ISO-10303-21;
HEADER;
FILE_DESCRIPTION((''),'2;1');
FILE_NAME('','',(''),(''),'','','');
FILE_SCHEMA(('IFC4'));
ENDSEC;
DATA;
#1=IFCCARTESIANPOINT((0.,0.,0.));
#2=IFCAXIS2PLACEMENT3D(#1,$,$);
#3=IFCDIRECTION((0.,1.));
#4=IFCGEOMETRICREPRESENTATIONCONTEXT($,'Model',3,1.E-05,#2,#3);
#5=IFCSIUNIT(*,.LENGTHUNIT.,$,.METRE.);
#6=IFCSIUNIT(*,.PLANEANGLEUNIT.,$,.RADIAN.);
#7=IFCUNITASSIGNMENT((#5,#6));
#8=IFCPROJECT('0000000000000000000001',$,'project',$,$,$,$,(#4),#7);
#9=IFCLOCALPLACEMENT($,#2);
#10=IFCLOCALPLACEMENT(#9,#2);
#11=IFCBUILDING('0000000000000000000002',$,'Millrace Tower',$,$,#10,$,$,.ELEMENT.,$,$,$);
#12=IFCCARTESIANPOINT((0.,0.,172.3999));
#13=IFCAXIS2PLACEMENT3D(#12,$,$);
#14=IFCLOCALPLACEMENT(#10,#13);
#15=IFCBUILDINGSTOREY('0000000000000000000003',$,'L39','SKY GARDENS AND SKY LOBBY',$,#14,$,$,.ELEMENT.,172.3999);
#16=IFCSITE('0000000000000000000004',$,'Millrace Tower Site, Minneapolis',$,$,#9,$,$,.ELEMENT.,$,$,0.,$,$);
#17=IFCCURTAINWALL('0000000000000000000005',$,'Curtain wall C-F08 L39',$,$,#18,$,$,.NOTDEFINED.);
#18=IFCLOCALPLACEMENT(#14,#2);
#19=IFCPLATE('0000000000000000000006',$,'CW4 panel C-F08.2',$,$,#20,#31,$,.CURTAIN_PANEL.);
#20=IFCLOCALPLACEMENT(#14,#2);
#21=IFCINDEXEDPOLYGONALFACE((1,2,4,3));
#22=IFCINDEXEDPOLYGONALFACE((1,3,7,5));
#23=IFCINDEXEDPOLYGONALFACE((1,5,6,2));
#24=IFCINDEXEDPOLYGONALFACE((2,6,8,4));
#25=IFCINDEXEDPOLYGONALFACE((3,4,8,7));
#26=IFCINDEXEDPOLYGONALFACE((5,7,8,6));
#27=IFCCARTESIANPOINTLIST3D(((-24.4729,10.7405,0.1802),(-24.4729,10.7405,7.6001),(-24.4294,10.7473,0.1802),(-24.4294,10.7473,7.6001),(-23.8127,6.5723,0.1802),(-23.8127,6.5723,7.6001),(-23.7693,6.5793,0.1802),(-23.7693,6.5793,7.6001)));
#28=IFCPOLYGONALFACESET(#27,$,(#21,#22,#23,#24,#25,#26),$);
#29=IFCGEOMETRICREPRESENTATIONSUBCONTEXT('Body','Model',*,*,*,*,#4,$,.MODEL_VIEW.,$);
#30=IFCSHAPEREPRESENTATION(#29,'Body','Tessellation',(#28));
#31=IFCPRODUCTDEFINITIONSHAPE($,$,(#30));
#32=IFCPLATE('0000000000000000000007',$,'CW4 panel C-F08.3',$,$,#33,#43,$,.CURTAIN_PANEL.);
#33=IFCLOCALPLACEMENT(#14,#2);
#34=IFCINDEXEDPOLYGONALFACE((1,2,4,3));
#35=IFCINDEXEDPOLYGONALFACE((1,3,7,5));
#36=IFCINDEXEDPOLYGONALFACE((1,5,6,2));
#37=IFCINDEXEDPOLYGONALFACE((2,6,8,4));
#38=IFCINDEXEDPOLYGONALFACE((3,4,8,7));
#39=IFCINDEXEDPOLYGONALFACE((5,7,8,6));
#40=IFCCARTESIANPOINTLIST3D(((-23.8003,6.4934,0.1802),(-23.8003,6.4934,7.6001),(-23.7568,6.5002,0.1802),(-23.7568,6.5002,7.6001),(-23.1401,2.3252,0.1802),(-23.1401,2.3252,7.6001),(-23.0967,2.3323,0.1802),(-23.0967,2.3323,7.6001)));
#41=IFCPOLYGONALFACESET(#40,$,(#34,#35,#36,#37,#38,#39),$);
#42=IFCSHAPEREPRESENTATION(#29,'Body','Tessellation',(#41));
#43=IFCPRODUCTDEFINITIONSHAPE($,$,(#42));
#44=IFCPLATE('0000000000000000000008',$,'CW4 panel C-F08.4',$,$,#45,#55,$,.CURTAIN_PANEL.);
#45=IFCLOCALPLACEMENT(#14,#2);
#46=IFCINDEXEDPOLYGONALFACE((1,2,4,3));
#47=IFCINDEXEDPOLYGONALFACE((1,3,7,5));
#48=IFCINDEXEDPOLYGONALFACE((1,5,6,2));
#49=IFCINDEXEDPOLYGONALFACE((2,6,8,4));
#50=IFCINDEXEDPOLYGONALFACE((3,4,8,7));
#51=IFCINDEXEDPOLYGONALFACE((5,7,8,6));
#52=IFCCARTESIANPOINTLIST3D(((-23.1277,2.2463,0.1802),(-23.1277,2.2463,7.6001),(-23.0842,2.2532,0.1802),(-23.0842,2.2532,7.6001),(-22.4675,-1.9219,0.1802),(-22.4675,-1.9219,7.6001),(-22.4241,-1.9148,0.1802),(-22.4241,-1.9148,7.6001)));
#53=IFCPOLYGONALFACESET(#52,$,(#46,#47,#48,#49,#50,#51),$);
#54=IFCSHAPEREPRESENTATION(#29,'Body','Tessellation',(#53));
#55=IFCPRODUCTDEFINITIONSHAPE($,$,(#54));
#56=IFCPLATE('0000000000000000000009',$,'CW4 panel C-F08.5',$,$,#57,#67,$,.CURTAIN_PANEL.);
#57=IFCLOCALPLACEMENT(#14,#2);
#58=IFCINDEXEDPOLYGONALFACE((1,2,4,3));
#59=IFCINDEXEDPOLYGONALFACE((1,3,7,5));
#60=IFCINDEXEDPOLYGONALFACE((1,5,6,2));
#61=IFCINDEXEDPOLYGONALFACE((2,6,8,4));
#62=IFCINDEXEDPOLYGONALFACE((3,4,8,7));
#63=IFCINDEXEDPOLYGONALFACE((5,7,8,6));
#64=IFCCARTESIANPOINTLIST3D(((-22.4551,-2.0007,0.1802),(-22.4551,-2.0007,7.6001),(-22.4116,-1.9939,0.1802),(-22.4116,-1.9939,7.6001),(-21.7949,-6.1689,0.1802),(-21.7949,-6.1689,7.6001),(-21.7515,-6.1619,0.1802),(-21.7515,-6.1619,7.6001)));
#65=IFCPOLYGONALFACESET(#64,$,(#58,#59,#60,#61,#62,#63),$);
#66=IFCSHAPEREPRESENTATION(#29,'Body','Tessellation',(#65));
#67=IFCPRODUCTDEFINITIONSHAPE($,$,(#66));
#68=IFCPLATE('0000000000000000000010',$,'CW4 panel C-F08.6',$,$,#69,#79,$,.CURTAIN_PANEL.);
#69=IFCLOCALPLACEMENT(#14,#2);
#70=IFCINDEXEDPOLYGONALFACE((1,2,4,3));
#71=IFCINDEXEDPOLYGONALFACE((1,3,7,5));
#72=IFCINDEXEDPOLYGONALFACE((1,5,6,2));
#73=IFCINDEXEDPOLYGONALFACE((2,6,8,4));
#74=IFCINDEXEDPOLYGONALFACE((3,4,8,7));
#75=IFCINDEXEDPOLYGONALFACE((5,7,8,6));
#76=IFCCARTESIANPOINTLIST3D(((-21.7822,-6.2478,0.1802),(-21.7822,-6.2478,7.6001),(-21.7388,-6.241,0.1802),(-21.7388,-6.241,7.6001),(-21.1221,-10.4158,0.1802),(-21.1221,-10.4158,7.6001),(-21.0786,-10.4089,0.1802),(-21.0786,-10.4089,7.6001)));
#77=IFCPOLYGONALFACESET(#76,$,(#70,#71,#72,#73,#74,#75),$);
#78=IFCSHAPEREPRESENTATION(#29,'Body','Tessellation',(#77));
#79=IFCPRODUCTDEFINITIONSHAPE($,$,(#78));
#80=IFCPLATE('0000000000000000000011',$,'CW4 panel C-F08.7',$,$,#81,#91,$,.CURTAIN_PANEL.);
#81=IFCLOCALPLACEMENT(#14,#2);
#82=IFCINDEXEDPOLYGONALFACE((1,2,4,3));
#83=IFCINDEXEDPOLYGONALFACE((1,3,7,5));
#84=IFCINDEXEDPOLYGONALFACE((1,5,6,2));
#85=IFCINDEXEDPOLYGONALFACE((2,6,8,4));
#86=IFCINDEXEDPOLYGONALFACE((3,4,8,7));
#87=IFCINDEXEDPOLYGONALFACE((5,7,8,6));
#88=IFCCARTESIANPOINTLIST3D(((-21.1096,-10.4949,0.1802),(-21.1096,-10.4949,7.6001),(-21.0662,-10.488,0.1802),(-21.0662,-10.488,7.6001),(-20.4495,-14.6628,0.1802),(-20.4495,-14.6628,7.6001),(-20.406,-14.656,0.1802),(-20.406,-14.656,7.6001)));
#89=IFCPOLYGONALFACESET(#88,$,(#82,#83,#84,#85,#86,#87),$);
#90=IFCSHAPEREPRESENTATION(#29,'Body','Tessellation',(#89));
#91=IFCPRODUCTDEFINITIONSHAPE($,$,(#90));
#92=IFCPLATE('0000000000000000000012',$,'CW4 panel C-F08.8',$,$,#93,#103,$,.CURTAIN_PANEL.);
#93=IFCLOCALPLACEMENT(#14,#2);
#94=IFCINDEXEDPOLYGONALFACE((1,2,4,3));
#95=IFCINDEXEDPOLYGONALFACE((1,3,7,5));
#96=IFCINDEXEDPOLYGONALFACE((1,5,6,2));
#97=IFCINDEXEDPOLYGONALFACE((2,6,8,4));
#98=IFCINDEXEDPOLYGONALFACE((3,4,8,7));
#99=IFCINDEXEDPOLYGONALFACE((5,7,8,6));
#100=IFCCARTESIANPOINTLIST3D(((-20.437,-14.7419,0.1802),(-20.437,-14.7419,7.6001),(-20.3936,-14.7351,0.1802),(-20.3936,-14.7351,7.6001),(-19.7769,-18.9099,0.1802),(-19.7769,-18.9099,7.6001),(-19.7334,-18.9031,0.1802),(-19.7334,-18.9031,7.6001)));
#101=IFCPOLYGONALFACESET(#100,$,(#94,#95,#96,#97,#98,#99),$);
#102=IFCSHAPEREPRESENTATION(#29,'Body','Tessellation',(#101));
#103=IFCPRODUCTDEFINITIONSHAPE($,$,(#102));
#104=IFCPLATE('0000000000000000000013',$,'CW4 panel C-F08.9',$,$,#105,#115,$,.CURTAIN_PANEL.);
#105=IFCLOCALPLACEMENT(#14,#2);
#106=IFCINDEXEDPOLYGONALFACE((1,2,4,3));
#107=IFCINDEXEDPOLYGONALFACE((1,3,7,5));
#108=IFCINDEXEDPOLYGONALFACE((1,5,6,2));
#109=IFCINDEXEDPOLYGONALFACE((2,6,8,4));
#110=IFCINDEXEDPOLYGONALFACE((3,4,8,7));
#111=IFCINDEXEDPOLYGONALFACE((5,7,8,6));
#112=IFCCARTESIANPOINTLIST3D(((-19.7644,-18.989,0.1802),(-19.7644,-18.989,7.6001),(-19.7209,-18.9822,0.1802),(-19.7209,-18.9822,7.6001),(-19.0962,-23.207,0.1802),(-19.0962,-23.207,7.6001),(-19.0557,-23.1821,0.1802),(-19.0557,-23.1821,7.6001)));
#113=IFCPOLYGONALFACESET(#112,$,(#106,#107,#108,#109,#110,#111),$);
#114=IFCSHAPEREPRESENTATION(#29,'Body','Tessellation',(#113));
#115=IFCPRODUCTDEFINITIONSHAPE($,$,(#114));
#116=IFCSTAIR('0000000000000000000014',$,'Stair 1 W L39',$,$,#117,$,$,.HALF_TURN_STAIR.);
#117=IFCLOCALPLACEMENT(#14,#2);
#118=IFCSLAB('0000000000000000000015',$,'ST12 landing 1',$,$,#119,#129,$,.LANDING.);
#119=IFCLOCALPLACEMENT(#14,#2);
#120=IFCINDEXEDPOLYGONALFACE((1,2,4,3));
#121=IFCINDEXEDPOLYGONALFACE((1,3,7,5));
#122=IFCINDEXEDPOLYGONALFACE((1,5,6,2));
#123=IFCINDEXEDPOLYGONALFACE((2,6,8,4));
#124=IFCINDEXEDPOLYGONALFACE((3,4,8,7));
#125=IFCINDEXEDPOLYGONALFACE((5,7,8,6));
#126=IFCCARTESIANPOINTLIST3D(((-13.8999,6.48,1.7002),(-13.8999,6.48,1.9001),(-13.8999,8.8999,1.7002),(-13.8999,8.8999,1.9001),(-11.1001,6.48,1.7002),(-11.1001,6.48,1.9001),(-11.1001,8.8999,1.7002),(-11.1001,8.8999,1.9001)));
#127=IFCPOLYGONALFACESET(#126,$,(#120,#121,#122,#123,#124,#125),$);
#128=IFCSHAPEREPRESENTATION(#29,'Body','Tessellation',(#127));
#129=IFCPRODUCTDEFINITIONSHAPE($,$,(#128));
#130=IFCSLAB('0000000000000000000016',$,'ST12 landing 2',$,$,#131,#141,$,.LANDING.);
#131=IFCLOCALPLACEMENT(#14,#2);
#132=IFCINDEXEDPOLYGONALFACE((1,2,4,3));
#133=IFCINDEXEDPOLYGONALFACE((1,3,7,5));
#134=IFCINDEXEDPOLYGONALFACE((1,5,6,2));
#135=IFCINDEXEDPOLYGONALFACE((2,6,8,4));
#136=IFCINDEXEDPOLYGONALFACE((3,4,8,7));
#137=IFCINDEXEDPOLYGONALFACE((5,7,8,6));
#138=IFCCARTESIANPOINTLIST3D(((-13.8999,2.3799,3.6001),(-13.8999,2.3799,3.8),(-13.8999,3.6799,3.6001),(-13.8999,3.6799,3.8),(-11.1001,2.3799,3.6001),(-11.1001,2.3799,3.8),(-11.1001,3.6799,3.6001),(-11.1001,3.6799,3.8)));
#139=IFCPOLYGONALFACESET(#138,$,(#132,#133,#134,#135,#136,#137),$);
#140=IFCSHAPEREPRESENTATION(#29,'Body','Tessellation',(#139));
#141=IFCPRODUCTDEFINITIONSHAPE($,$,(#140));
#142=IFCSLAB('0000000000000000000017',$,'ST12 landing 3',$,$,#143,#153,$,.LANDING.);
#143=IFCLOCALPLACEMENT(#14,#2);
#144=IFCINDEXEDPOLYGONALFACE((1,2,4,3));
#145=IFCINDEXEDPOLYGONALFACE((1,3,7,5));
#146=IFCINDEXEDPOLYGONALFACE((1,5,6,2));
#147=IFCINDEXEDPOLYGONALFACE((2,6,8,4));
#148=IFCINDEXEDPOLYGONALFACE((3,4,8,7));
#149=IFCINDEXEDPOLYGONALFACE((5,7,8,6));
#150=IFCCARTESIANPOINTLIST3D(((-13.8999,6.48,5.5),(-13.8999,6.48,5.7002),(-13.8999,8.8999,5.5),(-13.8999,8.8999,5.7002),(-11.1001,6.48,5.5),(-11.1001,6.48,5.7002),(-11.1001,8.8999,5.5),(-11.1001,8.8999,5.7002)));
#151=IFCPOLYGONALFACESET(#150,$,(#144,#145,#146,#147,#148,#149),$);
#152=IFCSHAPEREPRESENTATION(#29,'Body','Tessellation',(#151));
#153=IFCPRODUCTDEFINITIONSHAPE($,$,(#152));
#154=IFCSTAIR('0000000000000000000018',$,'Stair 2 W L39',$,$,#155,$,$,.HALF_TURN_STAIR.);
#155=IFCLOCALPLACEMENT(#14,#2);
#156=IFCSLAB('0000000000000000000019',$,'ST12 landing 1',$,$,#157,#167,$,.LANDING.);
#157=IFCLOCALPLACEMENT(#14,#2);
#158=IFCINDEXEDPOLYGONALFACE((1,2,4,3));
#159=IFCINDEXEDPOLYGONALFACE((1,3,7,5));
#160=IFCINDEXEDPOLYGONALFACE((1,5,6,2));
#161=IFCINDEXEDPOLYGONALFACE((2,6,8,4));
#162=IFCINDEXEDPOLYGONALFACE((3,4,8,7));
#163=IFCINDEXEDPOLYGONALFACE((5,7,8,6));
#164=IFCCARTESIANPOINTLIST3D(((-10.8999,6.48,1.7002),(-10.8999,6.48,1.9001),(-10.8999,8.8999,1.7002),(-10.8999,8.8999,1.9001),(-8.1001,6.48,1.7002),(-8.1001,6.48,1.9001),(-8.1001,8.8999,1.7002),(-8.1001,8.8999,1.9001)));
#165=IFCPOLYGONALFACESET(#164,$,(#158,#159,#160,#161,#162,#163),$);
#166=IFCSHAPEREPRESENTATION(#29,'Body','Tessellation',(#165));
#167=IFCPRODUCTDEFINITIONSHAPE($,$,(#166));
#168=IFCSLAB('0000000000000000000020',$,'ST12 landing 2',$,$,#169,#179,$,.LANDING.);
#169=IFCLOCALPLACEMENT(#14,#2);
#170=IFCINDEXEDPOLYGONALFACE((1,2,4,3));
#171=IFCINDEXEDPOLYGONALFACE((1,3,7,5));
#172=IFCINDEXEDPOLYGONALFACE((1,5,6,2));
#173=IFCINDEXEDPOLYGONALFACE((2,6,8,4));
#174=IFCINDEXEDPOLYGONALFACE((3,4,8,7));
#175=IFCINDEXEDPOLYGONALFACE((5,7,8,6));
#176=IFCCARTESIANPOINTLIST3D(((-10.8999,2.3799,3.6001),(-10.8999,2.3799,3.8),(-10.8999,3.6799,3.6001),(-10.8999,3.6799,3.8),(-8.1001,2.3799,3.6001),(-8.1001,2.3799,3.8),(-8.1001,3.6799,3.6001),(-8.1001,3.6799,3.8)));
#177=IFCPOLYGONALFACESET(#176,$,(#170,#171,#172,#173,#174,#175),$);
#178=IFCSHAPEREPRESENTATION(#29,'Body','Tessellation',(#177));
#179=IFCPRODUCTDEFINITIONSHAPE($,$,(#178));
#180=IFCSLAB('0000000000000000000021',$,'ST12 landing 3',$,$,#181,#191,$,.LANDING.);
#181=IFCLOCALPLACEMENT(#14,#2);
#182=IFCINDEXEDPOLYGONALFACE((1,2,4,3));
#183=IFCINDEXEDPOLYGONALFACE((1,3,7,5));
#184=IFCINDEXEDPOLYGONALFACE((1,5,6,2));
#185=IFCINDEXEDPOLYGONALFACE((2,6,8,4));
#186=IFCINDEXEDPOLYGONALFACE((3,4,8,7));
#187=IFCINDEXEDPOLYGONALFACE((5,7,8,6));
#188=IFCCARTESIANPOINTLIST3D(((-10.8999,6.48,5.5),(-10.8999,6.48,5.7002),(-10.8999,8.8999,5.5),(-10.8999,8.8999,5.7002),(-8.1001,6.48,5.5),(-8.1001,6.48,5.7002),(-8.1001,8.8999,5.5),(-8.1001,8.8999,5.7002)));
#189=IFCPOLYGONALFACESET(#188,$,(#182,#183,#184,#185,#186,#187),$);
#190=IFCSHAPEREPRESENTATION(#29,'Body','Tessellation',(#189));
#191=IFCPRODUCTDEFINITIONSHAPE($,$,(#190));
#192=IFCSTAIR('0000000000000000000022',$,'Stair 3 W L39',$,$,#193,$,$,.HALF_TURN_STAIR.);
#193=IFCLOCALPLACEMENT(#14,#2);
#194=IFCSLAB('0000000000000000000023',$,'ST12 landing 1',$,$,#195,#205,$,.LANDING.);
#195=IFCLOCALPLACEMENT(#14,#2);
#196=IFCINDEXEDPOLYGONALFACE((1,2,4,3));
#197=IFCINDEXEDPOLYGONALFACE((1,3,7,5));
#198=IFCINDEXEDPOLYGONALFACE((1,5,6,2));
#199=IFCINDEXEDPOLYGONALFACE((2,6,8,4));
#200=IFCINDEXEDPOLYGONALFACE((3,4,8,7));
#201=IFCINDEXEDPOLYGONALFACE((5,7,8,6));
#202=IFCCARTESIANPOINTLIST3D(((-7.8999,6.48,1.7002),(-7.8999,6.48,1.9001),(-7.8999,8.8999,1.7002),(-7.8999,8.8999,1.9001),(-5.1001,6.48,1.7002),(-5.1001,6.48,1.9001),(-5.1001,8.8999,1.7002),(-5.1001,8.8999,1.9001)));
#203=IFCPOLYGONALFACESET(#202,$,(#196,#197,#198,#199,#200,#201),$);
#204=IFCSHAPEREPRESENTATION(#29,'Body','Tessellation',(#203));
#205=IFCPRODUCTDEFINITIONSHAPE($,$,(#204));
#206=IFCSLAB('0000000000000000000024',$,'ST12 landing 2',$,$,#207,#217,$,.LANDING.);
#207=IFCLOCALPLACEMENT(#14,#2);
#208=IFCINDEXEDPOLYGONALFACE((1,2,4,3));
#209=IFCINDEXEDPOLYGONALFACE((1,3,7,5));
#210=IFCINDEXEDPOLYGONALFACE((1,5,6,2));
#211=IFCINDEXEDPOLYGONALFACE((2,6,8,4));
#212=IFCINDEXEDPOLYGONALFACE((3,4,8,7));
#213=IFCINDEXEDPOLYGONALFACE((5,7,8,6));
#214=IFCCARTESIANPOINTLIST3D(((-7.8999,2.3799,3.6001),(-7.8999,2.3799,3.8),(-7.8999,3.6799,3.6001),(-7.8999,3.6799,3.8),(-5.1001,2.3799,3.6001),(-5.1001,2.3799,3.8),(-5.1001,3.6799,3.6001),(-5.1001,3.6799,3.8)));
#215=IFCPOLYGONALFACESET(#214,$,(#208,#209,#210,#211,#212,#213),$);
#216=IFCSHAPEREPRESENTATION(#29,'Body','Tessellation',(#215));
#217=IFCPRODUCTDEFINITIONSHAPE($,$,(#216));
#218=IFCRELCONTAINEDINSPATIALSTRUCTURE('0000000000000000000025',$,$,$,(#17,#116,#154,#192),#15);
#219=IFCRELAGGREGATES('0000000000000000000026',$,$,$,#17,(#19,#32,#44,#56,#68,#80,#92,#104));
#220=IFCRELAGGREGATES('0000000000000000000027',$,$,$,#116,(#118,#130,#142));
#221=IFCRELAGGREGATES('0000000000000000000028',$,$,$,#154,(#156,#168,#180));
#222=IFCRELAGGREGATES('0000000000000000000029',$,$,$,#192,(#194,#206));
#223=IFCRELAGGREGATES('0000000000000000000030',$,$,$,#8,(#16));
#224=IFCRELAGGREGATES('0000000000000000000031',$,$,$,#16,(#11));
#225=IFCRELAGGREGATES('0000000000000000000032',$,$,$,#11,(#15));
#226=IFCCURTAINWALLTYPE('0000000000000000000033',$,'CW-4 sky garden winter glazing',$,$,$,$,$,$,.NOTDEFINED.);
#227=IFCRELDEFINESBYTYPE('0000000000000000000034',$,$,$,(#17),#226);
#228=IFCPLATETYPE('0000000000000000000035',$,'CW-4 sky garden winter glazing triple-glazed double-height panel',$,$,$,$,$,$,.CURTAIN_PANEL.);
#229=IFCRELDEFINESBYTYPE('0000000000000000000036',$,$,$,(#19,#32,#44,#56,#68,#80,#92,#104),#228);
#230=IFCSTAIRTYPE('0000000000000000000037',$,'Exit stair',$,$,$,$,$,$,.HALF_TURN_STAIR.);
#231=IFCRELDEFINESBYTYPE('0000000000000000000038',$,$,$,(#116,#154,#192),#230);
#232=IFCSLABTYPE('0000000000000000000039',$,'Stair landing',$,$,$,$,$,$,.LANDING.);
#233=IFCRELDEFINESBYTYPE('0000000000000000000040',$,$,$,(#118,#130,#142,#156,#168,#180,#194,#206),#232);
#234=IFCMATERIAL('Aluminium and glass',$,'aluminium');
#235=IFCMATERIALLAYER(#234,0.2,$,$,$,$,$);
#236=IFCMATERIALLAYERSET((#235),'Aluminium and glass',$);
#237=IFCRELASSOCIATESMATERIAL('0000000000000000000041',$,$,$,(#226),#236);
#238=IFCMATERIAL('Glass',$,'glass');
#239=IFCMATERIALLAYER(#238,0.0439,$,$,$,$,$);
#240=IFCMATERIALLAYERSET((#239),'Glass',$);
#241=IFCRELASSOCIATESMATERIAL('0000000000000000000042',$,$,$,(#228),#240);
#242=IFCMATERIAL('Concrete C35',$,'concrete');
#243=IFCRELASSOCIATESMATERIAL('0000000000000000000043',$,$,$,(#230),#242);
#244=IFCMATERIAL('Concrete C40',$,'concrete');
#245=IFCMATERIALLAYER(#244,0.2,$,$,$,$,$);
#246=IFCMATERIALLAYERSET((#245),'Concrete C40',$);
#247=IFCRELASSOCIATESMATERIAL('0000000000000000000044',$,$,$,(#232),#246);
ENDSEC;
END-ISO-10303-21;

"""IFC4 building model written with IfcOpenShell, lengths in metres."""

from ifc_helpers import new_model, si_unit, direction, frame, origin, place, context, subcontext, project, spatial, polyline, outline, extrude, material, layer, layer_set, type_object, element, aggregate, save


model = new_model("IFC4")

# Units and contexts
model_context = context("Model", 3, precision=1e-05, world=origin(), true_north=direction((0.0, 1.0)))
body_context = subcontext(model_context, "Body", "Model", "MODEL_VIEW")
ifc_project = project(units=[si_unit("LENGTHUNIT", "METRE"), si_unit("PLANEANGLEUNIT", "RADIAN")], contexts=[model_context])

# Site, building, storey
site_placement = place(None, origin())
site = spatial("IfcSite", under=ifc_project, at=site_placement, Name="Millrace Tower Site, Minneapolis", CompositionType="ELEMENT", RefElevation=0.0)
building_placement = place(site_placement, origin())
building = spatial("IfcBuilding", under=site, at=building_placement, Name="Millrace Tower", CompositionType="ELEMENT")
storey_placement = place(building_placement, frame((0.0, 0.0, 172.3999)))
storey = spatial("IfcBuildingStorey", under=building, at=storey_placement, Name="L39", Description="SKY GARDENS AND SKY LOBBY", CompositionType="ELEMENT", Elevation=172.3999)

# Curtain wall, plates
ifc_material_1 = material(Name="Aluminium and glass", Category="aluminium")
ifc_layer_1 = layer(ifc_material_1, 0.2)
ifc_layer_set_1 = layer_set([ifc_layer_1], Name="Aluminium and glass")
curtain_wall_type = type_object("IfcCurtainWallType", Name="CW-4 sky garden winter glazing", PredefinedType="NOTDEFINED", material=ifc_layer_set_1)
placement_1 = place(storey_placement, origin())
curtain_wall = element("IfcCurtainWall", 1, at=placement_1, inside=storey, type_object=curtain_wall_type, Name="Curtain wall C-F08 L39", PredefinedType="NOTDEFINED")
ifc_material_2 = material(Name="Glass", Category="glass")
ifc_layer_2 = layer(ifc_material_2, 0.0439)
ifc_layer_set_2 = layer_set([ifc_layer_2], Name="Glass")
plate_type = type_object("IfcPlateType", Name="CW-4 sky garden winter glazing triple-glazed double-height panel", PredefinedType="CURTAIN_PANEL", material=ifc_layer_set_2)
placement_2 = place(storey_placement, frame((0.0, 0.0, 0.1802)))
plate_1 = element("IfcPlate", 2, at=placement_2, type_object=plate_type, Name="CW4 panel C-F08.2", PredefinedType="CURTAIN_PANEL", context=body_context, shape_type="SweptSolid", body=[
    extrude(outline(polyline([(-24.4729, 10.7405), (-23.8127, 6.5723), (-23.7693, 6.5793), (-24.4294, 10.7473), (-24.4729, 10.7405)])), origin(), (0.0, 0.0, 1.0), 7.4199),
])
plate_2 = element("IfcPlate", 3, at=placement_2, type_object=plate_type, Name="CW4 panel C-F08.3", PredefinedType="CURTAIN_PANEL", context=body_context, shape_type="SweptSolid", body=[
    extrude(outline(polyline([(-23.8003, 6.4934), (-23.1401, 2.3252), (-23.0967, 2.3323), (-23.7568, 6.5002), (-23.8003, 6.4934)])), origin(), (0.0, 0.0, 1.0), 7.4199),
])
plate_3 = element("IfcPlate", 4, at=placement_2, type_object=plate_type, Name="CW4 panel C-F08.4", PredefinedType="CURTAIN_PANEL", context=body_context, shape_type="SweptSolid", body=[
    extrude(outline(polyline([(-23.1277, 2.2463), (-22.4675, -1.9219), (-22.4241, -1.9148), (-23.0842, 2.2532), (-23.1277, 2.2463)])), origin(), (0.0, 0.0, 1.0), 7.4199),
])
plate_4 = element("IfcPlate", 5, at=placement_2, type_object=plate_type, Name="CW4 panel C-F08.5", PredefinedType="CURTAIN_PANEL", context=body_context, shape_type="SweptSolid", body=[
    extrude(outline(polyline([(-22.4551, -2.0007), (-21.7949, -6.1689), (-21.7515, -6.1619), (-22.4116, -1.9939), (-22.4551, -2.0007)])), origin(), (0.0, 0.0, 1.0), 7.4199),
])
plate_5 = element("IfcPlate", 6, at=placement_2, type_object=plate_type, Name="CW4 panel C-F08.6", PredefinedType="CURTAIN_PANEL", context=body_context, shape_type="SweptSolid", body=[
    extrude(outline(polyline([(-21.7822, -6.2478), (-21.1221, -10.4158), (-21.0786, -10.4089), (-21.7388, -6.241), (-21.7822, -6.2478)])), origin(), (0.0, 0.0, 1.0), 7.4199),
])
plate_6 = element("IfcPlate", 7, at=placement_2, type_object=plate_type, Name="CW4 panel C-F08.7", PredefinedType="CURTAIN_PANEL", context=body_context, shape_type="SweptSolid", body=[
    extrude(outline(polyline([(-21.1096, -10.4949), (-20.4495, -14.6628), (-20.406, -14.656), (-21.0662, -10.488), (-21.1096, -10.4949)])), origin(), (0.0, 0.0, 1.0), 7.4199),
])
plate_7 = element("IfcPlate", 8, at=placement_2, type_object=plate_type, Name="CW4 panel C-F08.8", PredefinedType="CURTAIN_PANEL", context=body_context, shape_type="SweptSolid", body=[
    extrude(outline(polyline([(-20.437, -14.7419), (-19.7769, -18.9099), (-19.7334, -18.9031), (-20.3936, -14.7351), (-20.437, -14.7419)])), origin(), (0.0, 0.0, 1.0), 7.4199),
])
plate_8 = element("IfcPlate", 9, at=placement_2, type_object=plate_type, Name="CW4 panel C-F08.9", PredefinedType="CURTAIN_PANEL", context=body_context, shape_type="SweptSolid", body=[
    extrude(outline(polyline([(-19.7644, -18.989), (-19.0962, -23.207), (-19.0557, -23.1821), (-19.7209, -18.9822), (-19.7644, -18.989)])), origin(), (0.0, 0.0, 1.0), 7.4199),
])
aggregate(curtain_wall, [plate_1, plate_2, plate_3, plate_4, plate_5, plate_6, plate_7, plate_8])

# Stairs, slabs
ifc_material_3 = material(Name="Concrete C35", Category="concrete")
stair_type = type_object("IfcStairType", Name="Exit stair", PredefinedType="HALF_TURN_STAIR", material=ifc_material_3)
stair_1 = element("IfcStair", 10, at=placement_1, inside=storey, type_object=stair_type, Name="Stair 1 W L39", PredefinedType="HALF_TURN_STAIR")
ifc_material_4 = material(Name="Concrete C40", Category="concrete")
ifc_layer_3 = layer(ifc_material_4, 0.2)
ifc_layer_set_3 = layer_set([ifc_layer_3], Name="Concrete C40")
slab_type = type_object("IfcSlabType", Name="Stair landing", PredefinedType="LANDING", material=ifc_layer_set_3)
placement_3 = place(storey_placement, frame((0.0, 0.0, 1.7002)))
slab_1 = element("IfcSlab", 11, at=placement_3, type_object=slab_type, Name="ST12 landing 1", PredefinedType="LANDING", context=body_context, shape_type="SweptSolid", body=[
    extrude(outline(polyline([(-13.8999, 6.48), (-11.1001, 6.48), (-11.1001, 8.8999), (-13.8999, 8.8999), (-13.8999, 6.48)])), origin(), (0.0, 0.0, 1.0), 0.2),
])
placement_4 = place(storey_placement, frame((0.0, 0.0, 3.6001)))
slab_2 = element("IfcSlab", 12, at=placement_4, type_object=slab_type, Name="ST12 landing 2", PredefinedType="LANDING", context=body_context, shape_type="SweptSolid", body=[
    extrude(outline(polyline([(-13.8999, 2.3799), (-11.1001, 2.3799), (-11.1001, 3.6799), (-13.8999, 3.6799), (-13.8999, 2.3799)])), origin(), (0.0, 0.0, 1.0), 0.2),
])
placement_5 = place(storey_placement, frame((0.0, 0.0, 5.5)))
slab_3 = element("IfcSlab", 13, at=placement_5, type_object=slab_type, Name="ST12 landing 3", PredefinedType="LANDING", context=body_context, shape_type="SweptSolid", body=[
    extrude(outline(polyline([(-13.8999, 6.48), (-11.1001, 6.48), (-11.1001, 8.8999), (-13.8999, 8.8999), (-13.8999, 6.48)])), origin(), (0.0, 0.0, 1.0), 0.2002),
])
aggregate(stair_1, [slab_1, slab_2, slab_3])
stair_2 = element("IfcStair", 14, at=placement_1, inside=storey, type_object=stair_type, Name="Stair 2 W L39", PredefinedType="HALF_TURN_STAIR")
slab_4 = element("IfcSlab", 15, at=placement_3, type_object=slab_type, Name="ST12 landing 1", PredefinedType="LANDING", context=body_context, shape_type="SweptSolid", body=[
    extrude(outline(polyline([(-10.8999, 6.48), (-8.1001, 6.48), (-8.1001, 8.8999), (-10.8999, 8.8999), (-10.8999, 6.48)])), origin(), (0.0, 0.0, 1.0), 0.2),
])
slab_5 = element("IfcSlab", 16, at=placement_4, type_object=slab_type, Name="ST12 landing 2", PredefinedType="LANDING", context=body_context, shape_type="SweptSolid", body=[
    extrude(outline(polyline([(-10.8999, 2.3799), (-8.1001, 2.3799), (-8.1001, 3.6799), (-10.8999, 3.6799), (-10.8999, 2.3799)])), origin(), (0.0, 0.0, 1.0), 0.2),
])
slab_6 = element("IfcSlab", 17, at=placement_5, type_object=slab_type, Name="ST12 landing 3", PredefinedType="LANDING", context=body_context, shape_type="SweptSolid", body=[
    extrude(outline(polyline([(-10.8999, 6.48), (-8.1001, 6.48), (-8.1001, 8.8999), (-10.8999, 8.8999), (-10.8999, 6.48)])), origin(), (0.0, 0.0, 1.0), 0.2002),
])
aggregate(stair_2, [slab_4, slab_5, slab_6])
stair_3 = element("IfcStair", 18, at=placement_1, inside=storey, type_object=stair_type, Name="Stair 3 W L39", PredefinedType="HALF_TURN_STAIR")
slab_7 = element("IfcSlab", 19, at=placement_3, type_object=slab_type, Name="ST12 landing 1", PredefinedType="LANDING", context=body_context, shape_type="SweptSolid", body=[
    extrude(outline(polyline([(-7.8999, 6.48), (-5.1001, 6.48), (-5.1001, 8.8999), (-7.8999, 8.8999), (-7.8999, 6.48)])), origin(), (0.0, 0.0, 1.0), 0.2),
])
slab_8 = element("IfcSlab", 20, at=placement_4, type_object=slab_type, Name="ST12 landing 2", PredefinedType="LANDING", context=body_context, shape_type="SweptSolid", body=[
    extrude(outline(polyline([(-7.8999, 2.3799), (-5.1001, 2.3799), (-5.1001, 3.6799), (-7.8999, 3.6799), (-7.8999, 2.3799)])), origin(), (0.0, 0.0, 1.0), 0.2),
])
aggregate(stair_3, [slab_7, slab_8])

save(model, "model.ifc")
